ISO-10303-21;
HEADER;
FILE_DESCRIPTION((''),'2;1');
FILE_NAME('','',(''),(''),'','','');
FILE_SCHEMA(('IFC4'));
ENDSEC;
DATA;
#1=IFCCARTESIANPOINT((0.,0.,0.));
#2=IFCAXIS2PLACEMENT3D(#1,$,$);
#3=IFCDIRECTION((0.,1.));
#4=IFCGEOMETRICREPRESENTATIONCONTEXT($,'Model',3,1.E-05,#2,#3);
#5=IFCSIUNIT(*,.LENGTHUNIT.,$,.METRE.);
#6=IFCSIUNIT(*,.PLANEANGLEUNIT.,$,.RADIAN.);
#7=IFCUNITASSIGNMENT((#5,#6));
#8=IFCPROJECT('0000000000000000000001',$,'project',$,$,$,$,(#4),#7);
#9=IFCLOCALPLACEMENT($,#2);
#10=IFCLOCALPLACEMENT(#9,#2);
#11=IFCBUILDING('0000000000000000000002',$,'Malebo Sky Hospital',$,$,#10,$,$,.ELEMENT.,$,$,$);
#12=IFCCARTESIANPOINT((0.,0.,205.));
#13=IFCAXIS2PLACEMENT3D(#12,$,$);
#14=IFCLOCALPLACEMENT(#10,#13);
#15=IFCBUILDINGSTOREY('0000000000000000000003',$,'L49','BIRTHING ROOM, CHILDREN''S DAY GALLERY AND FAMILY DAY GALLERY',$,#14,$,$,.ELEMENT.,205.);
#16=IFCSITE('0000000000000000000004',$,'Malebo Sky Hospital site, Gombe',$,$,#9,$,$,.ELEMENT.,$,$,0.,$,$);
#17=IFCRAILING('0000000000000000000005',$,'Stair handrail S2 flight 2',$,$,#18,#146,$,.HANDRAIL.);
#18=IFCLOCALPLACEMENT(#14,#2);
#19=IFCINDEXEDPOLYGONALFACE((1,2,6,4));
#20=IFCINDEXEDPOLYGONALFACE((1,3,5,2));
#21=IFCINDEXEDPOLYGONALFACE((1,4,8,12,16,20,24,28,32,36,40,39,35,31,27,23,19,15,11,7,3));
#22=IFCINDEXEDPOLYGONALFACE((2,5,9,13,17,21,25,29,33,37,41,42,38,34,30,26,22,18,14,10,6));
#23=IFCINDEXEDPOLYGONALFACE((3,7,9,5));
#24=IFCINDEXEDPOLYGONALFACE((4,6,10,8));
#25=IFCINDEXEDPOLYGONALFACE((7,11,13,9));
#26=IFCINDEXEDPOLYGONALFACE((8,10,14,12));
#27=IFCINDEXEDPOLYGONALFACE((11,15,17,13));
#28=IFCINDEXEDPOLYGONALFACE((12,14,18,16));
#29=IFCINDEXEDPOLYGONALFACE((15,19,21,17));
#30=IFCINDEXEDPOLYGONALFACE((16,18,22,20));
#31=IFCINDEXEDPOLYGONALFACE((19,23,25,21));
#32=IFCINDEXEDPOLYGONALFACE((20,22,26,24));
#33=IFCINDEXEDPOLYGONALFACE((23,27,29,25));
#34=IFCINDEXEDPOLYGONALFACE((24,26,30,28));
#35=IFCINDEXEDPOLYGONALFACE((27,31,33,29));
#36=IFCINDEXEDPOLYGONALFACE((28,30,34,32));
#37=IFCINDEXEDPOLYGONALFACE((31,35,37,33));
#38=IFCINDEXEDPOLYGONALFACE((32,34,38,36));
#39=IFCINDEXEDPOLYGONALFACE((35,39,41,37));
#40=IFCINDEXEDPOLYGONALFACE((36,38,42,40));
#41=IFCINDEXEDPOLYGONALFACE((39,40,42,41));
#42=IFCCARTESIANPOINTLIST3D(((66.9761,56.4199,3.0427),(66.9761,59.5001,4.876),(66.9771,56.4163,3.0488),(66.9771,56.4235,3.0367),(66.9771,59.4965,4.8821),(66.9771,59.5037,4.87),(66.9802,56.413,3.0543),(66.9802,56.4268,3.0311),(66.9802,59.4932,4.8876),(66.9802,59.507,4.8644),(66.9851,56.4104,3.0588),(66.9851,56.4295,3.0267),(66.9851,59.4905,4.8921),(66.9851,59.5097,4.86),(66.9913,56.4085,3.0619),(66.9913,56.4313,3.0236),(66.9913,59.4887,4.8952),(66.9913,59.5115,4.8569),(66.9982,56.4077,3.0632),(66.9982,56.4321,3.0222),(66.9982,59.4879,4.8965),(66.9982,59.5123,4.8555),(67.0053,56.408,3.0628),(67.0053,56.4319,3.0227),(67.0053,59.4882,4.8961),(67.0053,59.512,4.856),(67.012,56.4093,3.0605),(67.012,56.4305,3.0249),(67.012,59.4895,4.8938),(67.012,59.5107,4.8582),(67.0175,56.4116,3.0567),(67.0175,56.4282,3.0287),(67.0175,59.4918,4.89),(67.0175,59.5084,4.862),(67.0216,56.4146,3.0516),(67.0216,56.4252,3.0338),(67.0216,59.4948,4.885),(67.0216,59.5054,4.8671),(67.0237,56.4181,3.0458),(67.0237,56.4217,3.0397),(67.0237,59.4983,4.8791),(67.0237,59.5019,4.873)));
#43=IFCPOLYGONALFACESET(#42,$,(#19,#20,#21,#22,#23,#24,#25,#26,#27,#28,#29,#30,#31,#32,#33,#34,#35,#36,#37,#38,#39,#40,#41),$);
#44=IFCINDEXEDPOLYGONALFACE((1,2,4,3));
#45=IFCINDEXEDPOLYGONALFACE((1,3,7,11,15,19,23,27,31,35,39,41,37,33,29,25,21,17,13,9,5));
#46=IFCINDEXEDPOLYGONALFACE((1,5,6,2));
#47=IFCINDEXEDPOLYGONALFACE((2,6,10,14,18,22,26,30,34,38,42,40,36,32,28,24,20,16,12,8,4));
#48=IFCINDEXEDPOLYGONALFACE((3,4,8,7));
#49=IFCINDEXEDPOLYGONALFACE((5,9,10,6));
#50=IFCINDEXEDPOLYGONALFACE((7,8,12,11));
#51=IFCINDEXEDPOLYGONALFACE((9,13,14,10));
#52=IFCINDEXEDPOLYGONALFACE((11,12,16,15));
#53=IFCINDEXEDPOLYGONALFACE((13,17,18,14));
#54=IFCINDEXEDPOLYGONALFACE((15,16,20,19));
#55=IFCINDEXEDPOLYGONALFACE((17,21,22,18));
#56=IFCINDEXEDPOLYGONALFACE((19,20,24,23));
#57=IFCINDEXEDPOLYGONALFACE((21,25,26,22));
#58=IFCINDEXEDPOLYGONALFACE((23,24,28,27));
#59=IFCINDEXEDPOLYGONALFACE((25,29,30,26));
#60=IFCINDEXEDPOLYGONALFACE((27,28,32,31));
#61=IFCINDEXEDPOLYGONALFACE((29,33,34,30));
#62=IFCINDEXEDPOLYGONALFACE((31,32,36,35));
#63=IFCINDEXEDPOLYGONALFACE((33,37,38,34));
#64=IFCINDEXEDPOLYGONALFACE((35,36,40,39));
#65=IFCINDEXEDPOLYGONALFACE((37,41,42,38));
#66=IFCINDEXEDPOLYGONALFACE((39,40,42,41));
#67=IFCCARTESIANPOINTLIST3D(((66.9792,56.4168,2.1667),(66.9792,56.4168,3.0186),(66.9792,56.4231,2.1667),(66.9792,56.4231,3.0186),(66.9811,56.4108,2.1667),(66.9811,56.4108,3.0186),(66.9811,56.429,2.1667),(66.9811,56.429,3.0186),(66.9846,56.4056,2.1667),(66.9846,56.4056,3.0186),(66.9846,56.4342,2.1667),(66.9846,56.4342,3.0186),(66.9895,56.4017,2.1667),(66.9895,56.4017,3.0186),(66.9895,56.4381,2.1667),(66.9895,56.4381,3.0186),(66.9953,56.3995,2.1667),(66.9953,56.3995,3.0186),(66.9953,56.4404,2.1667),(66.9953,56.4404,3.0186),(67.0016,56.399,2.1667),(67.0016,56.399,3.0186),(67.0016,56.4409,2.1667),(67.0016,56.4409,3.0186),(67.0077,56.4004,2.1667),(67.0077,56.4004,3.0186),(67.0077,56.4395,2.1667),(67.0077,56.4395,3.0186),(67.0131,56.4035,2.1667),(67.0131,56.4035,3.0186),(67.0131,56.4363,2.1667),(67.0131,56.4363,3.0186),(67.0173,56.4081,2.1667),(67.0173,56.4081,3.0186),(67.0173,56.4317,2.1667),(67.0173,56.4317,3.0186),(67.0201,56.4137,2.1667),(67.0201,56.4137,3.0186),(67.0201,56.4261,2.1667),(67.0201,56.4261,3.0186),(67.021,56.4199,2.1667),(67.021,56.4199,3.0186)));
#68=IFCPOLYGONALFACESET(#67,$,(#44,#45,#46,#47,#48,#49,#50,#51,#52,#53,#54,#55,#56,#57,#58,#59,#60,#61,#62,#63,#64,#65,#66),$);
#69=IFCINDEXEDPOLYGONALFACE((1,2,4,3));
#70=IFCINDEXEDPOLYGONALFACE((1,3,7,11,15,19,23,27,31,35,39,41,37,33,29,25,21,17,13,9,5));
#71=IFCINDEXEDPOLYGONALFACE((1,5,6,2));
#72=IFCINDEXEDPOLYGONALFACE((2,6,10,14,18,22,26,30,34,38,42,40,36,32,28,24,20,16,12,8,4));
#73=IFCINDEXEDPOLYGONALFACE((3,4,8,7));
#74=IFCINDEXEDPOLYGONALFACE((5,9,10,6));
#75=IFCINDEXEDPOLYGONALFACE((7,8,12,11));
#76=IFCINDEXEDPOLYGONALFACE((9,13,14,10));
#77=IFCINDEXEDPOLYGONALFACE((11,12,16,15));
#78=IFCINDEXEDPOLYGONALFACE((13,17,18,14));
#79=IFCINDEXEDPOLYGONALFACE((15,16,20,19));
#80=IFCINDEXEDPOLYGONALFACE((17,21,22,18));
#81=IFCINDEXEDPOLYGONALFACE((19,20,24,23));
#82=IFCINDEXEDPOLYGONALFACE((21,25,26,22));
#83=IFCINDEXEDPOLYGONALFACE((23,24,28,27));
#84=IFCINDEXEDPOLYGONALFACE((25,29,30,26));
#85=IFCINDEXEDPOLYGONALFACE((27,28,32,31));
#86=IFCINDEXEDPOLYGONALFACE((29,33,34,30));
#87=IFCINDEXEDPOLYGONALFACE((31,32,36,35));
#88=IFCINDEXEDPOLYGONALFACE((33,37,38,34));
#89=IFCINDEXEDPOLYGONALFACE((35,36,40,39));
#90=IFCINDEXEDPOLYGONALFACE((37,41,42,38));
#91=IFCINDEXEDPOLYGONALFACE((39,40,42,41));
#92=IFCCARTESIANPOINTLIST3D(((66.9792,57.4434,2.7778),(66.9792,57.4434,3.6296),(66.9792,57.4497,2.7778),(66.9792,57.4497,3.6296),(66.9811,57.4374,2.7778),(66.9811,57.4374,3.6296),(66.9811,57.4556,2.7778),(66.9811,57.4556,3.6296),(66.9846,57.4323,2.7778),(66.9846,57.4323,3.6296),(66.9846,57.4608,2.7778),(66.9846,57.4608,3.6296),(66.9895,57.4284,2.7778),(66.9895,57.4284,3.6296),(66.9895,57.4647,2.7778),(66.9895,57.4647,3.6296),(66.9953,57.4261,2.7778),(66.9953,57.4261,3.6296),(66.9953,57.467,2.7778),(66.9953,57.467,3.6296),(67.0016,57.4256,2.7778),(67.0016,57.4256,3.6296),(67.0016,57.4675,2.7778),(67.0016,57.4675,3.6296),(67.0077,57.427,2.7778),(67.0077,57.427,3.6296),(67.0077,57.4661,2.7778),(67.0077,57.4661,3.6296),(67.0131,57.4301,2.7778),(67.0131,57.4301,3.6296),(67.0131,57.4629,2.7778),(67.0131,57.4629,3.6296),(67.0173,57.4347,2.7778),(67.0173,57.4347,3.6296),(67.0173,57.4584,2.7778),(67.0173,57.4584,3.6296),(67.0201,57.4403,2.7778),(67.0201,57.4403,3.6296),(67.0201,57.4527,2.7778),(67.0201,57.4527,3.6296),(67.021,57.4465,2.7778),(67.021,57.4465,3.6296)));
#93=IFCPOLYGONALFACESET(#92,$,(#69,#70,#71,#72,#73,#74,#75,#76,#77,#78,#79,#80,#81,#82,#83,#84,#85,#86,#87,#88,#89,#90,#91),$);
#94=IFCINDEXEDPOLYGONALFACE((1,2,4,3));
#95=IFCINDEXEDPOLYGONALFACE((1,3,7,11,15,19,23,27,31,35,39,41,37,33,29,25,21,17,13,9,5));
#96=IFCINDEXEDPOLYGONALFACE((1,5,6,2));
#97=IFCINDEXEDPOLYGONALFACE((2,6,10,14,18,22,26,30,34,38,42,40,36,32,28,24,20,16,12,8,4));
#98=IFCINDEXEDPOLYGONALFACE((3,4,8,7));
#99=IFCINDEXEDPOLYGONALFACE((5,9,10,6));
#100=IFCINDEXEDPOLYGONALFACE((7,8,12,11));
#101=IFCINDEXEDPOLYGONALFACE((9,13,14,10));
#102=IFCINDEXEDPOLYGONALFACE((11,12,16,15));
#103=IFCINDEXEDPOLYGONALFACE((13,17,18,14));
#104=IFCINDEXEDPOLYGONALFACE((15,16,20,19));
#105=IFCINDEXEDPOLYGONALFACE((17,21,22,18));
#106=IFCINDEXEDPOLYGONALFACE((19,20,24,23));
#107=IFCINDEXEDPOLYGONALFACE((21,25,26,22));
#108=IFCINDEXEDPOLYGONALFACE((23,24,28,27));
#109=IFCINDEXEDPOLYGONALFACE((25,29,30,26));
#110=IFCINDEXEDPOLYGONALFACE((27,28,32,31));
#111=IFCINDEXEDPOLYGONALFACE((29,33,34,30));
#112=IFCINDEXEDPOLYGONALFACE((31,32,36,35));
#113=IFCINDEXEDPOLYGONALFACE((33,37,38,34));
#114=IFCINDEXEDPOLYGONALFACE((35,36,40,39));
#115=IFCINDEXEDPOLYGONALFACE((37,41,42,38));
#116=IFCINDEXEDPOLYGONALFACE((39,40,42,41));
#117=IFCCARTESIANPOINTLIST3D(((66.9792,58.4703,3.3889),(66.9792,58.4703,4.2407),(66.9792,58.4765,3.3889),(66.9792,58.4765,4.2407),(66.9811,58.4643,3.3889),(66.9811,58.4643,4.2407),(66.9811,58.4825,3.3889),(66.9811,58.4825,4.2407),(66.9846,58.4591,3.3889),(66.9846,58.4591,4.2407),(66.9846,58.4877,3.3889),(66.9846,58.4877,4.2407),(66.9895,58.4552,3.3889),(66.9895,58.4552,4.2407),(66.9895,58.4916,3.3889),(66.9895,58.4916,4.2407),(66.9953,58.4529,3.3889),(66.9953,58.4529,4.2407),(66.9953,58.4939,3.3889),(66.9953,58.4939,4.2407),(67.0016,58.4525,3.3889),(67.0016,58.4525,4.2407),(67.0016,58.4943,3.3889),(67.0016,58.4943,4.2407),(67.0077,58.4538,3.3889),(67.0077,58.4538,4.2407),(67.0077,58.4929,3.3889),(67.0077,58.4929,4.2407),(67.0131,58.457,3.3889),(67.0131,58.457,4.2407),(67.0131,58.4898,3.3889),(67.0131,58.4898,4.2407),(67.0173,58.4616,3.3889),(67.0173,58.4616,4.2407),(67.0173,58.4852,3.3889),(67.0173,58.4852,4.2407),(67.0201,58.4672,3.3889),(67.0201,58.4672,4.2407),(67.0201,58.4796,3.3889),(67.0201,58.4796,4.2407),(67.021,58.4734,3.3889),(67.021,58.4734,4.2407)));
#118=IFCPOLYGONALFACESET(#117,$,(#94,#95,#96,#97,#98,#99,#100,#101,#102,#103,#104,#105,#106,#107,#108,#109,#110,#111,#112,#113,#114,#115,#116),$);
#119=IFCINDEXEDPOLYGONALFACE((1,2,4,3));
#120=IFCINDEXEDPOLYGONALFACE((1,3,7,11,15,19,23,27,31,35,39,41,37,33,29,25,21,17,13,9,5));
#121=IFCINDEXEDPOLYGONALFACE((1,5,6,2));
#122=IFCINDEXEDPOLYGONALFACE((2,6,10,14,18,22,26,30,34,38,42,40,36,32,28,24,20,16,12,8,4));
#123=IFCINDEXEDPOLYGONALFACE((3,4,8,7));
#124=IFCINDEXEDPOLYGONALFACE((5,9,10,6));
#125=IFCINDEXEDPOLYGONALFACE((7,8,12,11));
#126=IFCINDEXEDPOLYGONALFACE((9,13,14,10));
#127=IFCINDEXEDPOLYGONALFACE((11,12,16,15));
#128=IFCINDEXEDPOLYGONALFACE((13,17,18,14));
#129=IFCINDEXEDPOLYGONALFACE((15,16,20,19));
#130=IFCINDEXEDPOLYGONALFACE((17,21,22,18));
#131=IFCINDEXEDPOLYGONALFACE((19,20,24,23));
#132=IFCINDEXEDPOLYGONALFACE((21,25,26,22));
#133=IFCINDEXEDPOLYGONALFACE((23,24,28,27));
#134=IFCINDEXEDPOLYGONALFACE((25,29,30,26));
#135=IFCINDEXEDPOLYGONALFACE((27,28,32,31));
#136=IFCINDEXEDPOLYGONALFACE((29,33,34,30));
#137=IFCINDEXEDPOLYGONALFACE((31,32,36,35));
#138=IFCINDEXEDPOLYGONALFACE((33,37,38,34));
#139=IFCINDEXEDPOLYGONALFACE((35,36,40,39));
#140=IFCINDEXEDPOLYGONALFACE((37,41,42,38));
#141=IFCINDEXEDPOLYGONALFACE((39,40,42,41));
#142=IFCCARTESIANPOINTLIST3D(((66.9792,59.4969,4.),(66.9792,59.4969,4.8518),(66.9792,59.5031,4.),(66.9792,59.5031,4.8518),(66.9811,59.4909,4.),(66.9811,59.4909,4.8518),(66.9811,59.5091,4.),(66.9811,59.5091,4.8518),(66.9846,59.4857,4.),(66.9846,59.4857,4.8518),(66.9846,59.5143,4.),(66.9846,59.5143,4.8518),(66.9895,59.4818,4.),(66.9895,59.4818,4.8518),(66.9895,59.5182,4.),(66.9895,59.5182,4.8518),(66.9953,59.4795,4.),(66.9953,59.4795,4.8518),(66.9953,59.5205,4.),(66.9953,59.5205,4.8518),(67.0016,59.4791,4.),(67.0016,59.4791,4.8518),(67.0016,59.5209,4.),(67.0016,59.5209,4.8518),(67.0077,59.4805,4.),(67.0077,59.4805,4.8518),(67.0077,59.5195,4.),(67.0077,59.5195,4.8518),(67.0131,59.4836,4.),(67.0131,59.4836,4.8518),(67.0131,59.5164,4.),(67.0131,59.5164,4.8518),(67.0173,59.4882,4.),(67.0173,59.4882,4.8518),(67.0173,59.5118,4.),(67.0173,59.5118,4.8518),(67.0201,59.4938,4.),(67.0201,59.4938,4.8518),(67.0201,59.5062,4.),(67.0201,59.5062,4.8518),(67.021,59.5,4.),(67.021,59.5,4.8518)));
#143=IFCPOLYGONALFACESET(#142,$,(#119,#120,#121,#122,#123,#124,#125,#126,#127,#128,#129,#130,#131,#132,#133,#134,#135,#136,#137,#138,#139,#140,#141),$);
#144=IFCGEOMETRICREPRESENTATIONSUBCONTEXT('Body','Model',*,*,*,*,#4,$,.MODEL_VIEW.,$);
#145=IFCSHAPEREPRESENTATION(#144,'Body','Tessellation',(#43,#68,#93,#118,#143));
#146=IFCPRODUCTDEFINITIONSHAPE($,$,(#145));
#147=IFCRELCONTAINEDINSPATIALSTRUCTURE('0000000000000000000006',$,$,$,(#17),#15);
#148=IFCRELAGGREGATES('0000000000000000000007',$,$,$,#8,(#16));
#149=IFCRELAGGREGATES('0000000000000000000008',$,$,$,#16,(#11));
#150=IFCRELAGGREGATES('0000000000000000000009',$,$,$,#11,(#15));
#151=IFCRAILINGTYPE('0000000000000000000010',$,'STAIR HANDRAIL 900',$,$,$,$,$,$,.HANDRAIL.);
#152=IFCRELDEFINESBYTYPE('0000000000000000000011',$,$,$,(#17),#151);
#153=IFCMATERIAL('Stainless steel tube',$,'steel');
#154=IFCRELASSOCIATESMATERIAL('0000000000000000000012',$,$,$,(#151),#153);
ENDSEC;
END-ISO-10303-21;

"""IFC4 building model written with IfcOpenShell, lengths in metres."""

from ifc_helpers import new_model, si_unit, direction, frame, origin, origin_2d, place, context, subcontext, project, spatial, circle, extrude, material, type_object, element, save


model = new_model("IFC4")

# Units and contexts
model_context = context("Model", 3, precision=1e-05, world=origin(), true_north=direction((0.0, 1.0)))
body_context = subcontext(model_context, "Body", "Model", "MODEL_VIEW")
ifc_project = project(units=[si_unit("LENGTHUNIT", "METRE"), si_unit("PLANEANGLEUNIT", "RADIAN")], contexts=[model_context])

# Site, building, storey
site_placement = place(None, origin())
site = spatial("IfcSite", under=ifc_project, at=site_placement, Name="Malebo Sky Hospital site, Gombe", CompositionType="ELEMENT", RefElevation=0.0)
building_placement = place(site_placement, origin())
building = spatial("IfcBuilding", under=site, at=building_placement, Name="Malebo Sky Hospital", CompositionType="ELEMENT")
storey_placement = place(building_placement, frame((0.0, 0.0, 205.0)))
storey = spatial("IfcBuildingStorey", under=building, at=storey_placement, Name="L49", Description="BIRTHING ROOM, CHILDREN'S DAY GALLERY AND FAMILY DAY GALLERY", CompositionType="ELEMENT", Elevation=205.0)

# Railing
ifc_material_1 = material(Name="Stainless steel tube", Category="steel")
railing_type = type_object("IfcRailingType", Name="STAIR HANDRAIL 900", PredefinedType="HANDRAIL", material=ifc_material_1)
railing_1_placement = place(storey_placement, frame((67.0, 56.4199, 2.1667)))
element("IfcRailing", 1, at=railing_1_placement, inside=storey, type_object=railing_type, Name="Stair handrail S2 flight 2", PredefinedType="HANDRAIL", context=body_context, shape_type="SweptSolid", body=[
    extrude(circle(Radius=0.0239, at=origin_2d()), frame((0.0, 0.0, 0.876), z_axis=(0.0, 0.859309, 0.511458), x_axis=(-1.0, 0.0, 0.0)), (0.0, 0.0, 1.0), 3.5845),
    extrude(circle(Radius=0.021, at=origin_2d()), origin(), (0.0, 0.0, 1.0), 0.8518),
    extrude(circle(Radius=0.021, at=origin_2d()), frame((0.0, 1.0266, 0.6111)), (0.0, 0.0, 1.0), 0.8518),
    extrude(circle(Radius=0.021, at=origin_2d()), frame((0.0, 2.0535, 1.2222)), (0.0, 0.0, 1.0), 0.8518),
    extrude(circle(Radius=0.021, at=origin_2d()), frame((0.0, 3.0801, 1.8333)), (0.0, 0.0, 1.0), 0.8518),
])

save(model, "model.ifc")
